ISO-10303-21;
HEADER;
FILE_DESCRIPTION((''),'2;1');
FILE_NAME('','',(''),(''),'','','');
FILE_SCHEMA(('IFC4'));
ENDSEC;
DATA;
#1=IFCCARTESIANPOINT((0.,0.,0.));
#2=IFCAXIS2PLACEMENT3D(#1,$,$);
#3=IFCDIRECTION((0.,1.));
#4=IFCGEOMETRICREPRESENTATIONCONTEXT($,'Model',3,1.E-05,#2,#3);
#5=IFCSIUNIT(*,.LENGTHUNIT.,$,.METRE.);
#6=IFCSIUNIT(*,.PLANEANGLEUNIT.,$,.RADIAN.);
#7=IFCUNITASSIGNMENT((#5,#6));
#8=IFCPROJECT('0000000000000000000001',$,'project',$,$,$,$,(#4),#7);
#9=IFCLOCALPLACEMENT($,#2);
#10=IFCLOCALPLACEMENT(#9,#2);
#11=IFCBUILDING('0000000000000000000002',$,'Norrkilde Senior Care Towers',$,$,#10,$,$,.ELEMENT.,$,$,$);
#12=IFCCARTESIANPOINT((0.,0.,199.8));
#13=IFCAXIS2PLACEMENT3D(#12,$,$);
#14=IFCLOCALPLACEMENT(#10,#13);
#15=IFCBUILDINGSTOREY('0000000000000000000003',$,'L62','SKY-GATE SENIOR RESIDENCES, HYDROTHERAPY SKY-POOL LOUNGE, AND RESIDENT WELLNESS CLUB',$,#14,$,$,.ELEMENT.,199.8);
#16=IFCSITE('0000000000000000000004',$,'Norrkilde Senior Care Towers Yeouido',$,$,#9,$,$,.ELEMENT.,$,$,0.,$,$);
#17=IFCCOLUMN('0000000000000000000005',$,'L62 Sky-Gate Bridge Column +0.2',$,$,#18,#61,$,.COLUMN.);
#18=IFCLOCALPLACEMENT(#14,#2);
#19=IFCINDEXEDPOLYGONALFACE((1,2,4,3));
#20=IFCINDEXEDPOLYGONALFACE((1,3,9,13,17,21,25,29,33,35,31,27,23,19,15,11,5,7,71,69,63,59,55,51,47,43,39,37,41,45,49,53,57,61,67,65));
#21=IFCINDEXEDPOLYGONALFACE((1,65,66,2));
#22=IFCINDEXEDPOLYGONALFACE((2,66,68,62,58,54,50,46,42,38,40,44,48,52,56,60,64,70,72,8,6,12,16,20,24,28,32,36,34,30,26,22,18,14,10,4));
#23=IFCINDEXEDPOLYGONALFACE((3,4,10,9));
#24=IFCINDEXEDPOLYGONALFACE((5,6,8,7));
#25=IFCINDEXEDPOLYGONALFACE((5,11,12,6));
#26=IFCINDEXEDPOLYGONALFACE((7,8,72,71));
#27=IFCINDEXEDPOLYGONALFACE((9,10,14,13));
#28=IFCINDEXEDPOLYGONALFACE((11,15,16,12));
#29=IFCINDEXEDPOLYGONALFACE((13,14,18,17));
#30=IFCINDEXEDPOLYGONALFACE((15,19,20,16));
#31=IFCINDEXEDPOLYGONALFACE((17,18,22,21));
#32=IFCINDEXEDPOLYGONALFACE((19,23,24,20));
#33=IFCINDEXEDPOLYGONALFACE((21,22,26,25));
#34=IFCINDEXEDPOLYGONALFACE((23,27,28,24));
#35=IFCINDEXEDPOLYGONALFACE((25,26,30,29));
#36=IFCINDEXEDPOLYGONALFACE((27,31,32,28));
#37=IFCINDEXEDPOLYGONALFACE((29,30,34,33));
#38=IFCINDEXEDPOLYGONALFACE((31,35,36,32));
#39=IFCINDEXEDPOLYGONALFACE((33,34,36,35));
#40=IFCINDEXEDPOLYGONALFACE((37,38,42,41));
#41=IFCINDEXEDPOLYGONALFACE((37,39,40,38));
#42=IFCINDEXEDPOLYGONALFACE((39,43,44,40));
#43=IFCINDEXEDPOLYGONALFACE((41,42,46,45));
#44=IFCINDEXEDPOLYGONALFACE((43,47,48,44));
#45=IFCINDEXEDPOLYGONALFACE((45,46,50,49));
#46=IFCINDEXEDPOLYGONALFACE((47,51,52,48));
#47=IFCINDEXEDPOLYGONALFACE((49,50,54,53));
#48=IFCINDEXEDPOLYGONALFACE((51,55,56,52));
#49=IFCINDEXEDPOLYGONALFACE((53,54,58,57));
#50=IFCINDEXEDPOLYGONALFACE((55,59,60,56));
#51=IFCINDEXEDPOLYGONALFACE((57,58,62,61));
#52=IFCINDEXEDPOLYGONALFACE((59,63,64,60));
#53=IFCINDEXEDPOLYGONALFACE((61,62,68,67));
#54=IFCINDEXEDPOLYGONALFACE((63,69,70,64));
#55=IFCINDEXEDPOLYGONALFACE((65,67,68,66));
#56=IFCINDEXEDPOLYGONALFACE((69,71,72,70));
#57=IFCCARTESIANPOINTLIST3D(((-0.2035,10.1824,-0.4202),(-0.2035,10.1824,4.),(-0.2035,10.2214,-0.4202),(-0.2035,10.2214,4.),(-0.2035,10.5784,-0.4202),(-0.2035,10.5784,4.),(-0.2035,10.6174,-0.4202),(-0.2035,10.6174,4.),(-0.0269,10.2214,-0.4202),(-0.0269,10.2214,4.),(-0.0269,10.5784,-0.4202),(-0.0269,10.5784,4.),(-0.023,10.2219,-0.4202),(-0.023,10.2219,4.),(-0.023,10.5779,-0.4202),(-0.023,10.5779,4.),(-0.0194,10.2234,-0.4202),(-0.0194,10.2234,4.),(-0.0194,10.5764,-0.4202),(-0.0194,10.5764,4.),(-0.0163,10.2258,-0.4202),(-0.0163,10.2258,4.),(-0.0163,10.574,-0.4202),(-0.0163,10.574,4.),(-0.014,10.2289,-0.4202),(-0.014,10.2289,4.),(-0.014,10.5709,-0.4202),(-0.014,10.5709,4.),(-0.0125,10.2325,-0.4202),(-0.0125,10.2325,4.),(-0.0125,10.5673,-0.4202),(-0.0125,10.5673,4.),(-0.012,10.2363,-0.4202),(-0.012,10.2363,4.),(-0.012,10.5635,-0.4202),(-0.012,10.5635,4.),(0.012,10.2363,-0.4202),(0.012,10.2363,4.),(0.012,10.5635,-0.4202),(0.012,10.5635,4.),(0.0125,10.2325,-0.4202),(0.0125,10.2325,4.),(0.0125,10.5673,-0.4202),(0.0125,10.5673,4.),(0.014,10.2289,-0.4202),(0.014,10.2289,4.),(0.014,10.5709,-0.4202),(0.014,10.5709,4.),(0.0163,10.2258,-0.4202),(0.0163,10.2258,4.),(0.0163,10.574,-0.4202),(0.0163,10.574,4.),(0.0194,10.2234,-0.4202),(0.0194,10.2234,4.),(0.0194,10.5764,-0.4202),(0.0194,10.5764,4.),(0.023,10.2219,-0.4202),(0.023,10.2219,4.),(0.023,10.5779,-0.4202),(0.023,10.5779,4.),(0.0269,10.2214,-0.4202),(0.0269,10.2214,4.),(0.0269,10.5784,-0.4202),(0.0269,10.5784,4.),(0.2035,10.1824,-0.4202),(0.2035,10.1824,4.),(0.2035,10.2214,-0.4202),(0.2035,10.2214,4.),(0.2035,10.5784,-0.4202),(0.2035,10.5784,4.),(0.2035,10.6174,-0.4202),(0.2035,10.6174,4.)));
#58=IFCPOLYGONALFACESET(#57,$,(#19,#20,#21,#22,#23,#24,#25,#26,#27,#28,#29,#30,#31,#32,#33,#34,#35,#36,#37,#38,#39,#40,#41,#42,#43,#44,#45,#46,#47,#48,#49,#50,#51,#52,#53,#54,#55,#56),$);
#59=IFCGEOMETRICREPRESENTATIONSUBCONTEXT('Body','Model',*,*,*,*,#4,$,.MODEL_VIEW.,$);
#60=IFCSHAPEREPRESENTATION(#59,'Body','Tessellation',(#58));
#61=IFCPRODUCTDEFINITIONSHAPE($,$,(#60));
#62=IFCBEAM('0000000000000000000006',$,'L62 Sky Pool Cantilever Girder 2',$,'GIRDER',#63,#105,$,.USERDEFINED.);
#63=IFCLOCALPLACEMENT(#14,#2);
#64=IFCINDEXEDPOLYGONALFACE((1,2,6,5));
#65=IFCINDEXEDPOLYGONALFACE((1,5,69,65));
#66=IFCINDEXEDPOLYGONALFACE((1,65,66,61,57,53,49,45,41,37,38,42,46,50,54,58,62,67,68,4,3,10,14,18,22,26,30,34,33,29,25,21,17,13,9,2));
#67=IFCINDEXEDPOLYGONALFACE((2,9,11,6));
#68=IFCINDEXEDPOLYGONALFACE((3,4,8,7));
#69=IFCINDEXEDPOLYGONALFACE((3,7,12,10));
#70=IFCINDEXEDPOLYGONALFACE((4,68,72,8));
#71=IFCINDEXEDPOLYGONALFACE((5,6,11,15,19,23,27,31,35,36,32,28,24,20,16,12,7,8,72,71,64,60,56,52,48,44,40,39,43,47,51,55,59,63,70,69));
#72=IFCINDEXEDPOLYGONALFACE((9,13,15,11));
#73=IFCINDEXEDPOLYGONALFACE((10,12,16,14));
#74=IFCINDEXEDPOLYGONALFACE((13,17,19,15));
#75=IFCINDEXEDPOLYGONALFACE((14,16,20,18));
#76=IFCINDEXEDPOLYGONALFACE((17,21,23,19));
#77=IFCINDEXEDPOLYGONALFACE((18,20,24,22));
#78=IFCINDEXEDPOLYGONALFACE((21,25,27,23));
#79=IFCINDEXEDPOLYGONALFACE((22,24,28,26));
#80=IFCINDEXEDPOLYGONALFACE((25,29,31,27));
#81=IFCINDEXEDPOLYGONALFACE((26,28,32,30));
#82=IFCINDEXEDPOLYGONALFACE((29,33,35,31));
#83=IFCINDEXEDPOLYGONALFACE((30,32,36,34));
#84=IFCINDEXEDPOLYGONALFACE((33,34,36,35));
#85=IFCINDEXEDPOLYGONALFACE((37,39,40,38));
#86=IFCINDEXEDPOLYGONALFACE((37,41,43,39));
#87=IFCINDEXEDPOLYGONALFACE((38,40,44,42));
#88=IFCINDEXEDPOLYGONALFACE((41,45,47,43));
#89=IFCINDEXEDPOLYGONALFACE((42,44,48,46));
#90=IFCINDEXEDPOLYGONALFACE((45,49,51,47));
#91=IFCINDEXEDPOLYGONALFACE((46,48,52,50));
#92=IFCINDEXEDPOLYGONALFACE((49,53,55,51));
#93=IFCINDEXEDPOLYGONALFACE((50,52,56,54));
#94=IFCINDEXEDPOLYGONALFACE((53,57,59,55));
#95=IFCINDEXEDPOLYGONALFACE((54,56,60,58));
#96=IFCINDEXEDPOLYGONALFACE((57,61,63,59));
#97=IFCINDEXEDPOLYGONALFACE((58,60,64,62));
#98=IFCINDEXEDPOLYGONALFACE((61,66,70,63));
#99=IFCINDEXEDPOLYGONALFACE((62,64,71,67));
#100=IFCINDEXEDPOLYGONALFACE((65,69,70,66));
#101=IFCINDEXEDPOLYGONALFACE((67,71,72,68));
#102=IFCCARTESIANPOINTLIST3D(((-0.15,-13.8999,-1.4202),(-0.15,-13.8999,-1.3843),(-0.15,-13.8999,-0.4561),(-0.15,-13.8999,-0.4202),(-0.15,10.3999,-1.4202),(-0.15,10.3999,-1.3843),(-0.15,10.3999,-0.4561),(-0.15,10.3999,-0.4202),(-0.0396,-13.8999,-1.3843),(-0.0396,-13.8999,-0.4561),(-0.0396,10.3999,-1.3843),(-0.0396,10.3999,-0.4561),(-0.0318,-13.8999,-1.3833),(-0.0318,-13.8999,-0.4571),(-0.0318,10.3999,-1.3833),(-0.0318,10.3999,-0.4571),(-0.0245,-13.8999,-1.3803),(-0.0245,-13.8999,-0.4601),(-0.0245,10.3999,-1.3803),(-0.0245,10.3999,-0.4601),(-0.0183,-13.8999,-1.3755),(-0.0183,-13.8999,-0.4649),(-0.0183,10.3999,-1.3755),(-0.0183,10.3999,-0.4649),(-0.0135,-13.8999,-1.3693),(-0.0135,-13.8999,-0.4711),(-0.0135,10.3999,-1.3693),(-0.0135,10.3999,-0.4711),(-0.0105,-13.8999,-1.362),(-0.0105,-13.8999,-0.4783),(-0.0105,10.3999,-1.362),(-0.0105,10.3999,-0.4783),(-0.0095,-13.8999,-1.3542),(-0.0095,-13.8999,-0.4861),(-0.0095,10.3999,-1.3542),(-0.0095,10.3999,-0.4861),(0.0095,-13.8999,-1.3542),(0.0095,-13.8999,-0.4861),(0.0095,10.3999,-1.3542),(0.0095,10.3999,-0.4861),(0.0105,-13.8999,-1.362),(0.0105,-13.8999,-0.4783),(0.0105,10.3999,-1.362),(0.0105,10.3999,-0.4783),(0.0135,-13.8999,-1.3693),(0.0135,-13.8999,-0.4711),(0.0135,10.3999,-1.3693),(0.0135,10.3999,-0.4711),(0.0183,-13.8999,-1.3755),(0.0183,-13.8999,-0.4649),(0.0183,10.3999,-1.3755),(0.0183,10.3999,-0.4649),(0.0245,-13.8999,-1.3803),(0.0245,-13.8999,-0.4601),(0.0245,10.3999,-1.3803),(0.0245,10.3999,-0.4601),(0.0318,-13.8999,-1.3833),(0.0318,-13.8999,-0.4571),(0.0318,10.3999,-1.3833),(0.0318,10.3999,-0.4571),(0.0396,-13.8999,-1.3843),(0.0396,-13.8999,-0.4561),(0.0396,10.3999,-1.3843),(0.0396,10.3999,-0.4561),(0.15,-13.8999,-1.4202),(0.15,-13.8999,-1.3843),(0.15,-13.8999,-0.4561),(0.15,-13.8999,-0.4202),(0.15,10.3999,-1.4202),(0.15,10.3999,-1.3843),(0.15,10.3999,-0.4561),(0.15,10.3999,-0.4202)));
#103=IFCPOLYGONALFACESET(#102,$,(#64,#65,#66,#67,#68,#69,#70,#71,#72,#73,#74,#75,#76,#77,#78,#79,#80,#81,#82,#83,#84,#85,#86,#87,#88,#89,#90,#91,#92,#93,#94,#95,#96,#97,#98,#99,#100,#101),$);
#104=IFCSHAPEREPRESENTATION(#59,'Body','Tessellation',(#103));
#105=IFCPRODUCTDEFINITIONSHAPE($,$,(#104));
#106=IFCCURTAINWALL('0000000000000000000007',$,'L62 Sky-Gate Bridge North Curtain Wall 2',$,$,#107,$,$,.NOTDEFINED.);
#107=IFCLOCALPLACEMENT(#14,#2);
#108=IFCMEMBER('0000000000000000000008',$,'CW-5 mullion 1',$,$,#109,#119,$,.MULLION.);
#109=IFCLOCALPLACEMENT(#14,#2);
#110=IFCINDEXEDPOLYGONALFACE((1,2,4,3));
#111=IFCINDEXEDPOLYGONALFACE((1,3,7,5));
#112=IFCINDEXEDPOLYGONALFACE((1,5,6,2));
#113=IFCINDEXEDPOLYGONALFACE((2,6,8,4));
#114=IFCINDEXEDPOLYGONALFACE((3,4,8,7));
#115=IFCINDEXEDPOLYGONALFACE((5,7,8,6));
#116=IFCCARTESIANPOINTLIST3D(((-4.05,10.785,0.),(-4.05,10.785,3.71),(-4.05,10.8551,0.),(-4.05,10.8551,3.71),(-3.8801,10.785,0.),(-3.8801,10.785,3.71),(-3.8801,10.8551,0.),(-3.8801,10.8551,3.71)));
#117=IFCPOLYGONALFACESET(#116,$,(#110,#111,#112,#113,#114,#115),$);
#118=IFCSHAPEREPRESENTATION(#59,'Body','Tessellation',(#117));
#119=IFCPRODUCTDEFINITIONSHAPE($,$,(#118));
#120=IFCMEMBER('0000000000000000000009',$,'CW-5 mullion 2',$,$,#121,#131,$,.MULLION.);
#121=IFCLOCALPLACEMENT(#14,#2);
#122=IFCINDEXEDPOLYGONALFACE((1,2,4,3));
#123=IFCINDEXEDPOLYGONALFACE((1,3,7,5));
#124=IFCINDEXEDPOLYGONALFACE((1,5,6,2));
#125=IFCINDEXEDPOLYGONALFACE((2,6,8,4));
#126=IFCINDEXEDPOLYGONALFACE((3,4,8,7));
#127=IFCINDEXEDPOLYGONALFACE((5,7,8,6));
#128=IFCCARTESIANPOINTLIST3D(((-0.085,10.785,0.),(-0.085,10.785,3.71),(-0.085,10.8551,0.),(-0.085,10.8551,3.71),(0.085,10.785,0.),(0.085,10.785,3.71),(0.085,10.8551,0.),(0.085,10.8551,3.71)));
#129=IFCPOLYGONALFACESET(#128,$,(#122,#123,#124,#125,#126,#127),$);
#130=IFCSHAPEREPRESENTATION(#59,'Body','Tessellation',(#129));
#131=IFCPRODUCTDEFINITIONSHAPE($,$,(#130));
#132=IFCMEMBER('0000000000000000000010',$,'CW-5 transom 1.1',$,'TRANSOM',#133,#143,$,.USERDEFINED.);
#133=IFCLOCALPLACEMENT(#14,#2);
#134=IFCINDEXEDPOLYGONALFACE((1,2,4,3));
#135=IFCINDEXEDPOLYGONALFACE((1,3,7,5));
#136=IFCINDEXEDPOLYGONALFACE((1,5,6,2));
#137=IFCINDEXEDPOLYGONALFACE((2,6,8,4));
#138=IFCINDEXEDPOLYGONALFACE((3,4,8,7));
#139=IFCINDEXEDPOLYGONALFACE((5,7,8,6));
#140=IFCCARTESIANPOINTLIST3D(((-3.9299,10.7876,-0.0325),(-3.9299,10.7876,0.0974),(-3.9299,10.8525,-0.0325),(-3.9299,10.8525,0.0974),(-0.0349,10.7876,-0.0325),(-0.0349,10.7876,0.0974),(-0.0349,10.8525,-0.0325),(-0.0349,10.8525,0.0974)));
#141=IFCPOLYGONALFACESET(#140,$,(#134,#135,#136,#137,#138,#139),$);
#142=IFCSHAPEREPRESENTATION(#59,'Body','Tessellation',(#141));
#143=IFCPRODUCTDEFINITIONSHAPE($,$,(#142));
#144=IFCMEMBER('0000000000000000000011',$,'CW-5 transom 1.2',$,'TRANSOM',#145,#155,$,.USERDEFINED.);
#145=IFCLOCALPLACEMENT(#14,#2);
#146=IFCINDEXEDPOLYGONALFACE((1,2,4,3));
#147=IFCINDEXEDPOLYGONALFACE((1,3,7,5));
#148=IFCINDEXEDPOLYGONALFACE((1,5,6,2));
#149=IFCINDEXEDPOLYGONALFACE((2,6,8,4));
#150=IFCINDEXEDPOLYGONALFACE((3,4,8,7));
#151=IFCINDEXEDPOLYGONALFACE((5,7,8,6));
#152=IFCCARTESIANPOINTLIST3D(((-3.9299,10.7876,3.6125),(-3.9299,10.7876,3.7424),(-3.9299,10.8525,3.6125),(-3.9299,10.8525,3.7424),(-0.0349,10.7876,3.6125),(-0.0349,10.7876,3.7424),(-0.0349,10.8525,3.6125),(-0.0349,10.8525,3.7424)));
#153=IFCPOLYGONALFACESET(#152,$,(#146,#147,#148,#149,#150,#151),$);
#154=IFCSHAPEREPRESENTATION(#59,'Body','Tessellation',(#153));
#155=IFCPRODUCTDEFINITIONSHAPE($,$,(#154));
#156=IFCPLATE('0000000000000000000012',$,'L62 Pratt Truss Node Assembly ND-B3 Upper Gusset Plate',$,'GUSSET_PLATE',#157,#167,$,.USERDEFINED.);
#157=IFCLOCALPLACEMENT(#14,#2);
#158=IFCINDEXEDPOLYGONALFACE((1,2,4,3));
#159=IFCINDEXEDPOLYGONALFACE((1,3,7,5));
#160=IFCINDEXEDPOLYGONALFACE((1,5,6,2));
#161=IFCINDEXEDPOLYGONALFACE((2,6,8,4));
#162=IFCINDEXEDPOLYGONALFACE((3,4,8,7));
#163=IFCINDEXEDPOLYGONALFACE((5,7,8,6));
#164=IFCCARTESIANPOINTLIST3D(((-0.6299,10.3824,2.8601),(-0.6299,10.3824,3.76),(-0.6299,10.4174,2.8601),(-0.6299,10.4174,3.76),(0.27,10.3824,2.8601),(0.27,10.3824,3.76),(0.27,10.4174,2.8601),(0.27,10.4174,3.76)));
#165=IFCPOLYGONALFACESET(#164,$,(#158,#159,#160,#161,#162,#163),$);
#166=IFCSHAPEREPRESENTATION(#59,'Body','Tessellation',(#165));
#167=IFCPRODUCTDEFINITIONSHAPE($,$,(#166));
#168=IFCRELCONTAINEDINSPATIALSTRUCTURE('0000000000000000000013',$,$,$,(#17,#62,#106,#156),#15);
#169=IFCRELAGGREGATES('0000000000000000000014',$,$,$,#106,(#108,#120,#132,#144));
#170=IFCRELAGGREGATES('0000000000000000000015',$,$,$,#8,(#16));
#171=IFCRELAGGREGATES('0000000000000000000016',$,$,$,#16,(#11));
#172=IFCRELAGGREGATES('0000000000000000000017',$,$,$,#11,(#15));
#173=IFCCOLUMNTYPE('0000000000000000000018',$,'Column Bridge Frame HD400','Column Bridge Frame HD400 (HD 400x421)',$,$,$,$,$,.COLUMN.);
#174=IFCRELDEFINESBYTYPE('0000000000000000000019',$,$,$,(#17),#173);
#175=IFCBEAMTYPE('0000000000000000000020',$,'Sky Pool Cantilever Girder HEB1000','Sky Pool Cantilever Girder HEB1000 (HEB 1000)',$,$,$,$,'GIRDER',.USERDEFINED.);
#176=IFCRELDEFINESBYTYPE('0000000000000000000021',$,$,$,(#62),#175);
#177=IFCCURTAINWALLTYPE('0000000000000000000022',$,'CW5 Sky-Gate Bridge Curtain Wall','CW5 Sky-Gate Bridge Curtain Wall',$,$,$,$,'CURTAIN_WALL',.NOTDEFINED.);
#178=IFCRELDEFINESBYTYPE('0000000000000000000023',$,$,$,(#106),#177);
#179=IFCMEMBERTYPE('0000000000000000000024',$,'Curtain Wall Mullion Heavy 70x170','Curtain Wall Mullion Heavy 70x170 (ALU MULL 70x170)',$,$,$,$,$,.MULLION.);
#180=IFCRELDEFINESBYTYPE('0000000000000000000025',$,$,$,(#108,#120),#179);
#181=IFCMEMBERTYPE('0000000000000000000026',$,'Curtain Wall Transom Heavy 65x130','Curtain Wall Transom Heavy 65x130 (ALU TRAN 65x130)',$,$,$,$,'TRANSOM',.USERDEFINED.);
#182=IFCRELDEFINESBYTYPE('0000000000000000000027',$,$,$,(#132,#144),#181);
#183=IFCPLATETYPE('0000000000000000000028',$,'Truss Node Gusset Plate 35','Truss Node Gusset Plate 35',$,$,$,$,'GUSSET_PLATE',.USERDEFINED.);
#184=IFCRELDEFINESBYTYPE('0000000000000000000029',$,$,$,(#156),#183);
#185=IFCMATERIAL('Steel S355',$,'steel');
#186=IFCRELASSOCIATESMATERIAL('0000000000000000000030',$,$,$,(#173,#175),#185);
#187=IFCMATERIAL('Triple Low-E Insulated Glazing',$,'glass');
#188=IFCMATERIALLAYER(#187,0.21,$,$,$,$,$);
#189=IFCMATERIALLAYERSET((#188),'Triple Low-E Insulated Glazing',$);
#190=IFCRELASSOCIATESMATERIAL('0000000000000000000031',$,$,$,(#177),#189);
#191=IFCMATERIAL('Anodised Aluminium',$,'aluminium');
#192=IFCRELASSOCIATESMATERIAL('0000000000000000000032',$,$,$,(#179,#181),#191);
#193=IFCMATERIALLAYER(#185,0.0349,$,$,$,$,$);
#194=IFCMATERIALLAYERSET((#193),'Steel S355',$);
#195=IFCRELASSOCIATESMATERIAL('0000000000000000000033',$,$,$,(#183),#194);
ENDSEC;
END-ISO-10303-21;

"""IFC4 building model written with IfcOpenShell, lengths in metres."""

from ifc_helpers import new_model, si_unit, direction, frame, origin, origin_2d, place, context, subcontext, project, spatial, rectangle, i_section, extrude, source, transform, mapped, material, layer, layer_set, material_profile, profile_set, type_object, type_shapes, element, aggregate, save


model = new_model("IFC4")

# Units and contexts
model_context = context("Model", 3, precision=1e-05, world=origin(), true_north=direction((0.0, 1.0)))
body_context = subcontext(model_context, "Body", "Model", "MODEL_VIEW")
ifc_project = project(units=[si_unit("LENGTHUNIT", "METRE"), si_unit("PLANEANGLEUNIT", "RADIAN")], contexts=[model_context])

# Site, building, storey
site_placement = place(None, origin())
site = spatial("IfcSite", under=ifc_project, at=site_placement, Name="Norrkilde Senior Care Towers Yeouido", CompositionType="ELEMENT", RefElevation=0.0)
building_placement = place(site_placement, origin())
building = spatial("IfcBuilding", under=site, at=building_placement, Name="Norrkilde Senior Care Towers", CompositionType="ELEMENT")
storey_placement = place(building_placement, frame((0.0, 0.0, 199.8)))
storey = spatial("IfcBuildingStorey", under=building, at=storey_placement, Name="L62", Description="SKY-GATE SENIOR RESIDENCES, HYDROTHERAPY SKY-POOL LOUNGE, AND RESIDENT WELLNESS CLUB", CompositionType="ELEMENT", Elevation=199.8)

# Column
ifc_material_1 = material(Name="Steel S355", Category="steel")
ifc_material_profile_1 = material_profile(ifc_material_1, i_section(OverallWidth=0.407, OverallDepth=0.4351, WebThickness=0.0239, FlangeThickness=0.0391, FilletRadius=0.0149, at=origin_2d()), Name="HD 400x421")
ifc_profile_set_1 = profile_set([ifc_material_profile_1], Name="Steel S355")
column_type = type_object("IfcColumnType", Name="Column Bridge Frame HD400", Description="Column Bridge Frame HD400 (HD 400x421)", PredefinedType="COLUMN", material=ifc_profile_set_1)
shared_shape_1 = source(origin(), body_context, "Body", "SweptSolid", [
    extrude(i_section(OverallWidth=0.407, OverallDepth=0.4351, WebThickness=0.0239, FlangeThickness=0.0391, FilletRadius=0.0149, at=origin_2d()), origin(), (0.0, 0.0, 1.0), 4.4202),
])
type_shapes(column_type, [shared_shape_1])
column_placement = place(storey_placement, frame((0.0, 10.3999, -0.4202), z_axis=(0.0, 0.0, 1.0), x_axis=(1.0, 0.0, 0.0)))
element("IfcColumn", 1, at=column_placement, inside=storey, type_object=column_type, Name="L62 Sky-Gate Bridge Column +0.2", PredefinedType="COLUMN", context=body_context, shape_type="MappedRepresentation", body=[
    mapped(shared_shape_1, transform((0.0, 0.0, 0.0), x_axis=(1.0, 0.0, 0.0), y_axis=(0.0, 1.0, 0.0), z_axis=(0.0, 0.0, 1.0), scale=1.0)),
])

# Beam
ifc_material_profile_2 = material_profile(ifc_material_1, i_section(OverallWidth=0.3, OverallDepth=1.0, WebThickness=0.019, FlangeThickness=0.0359, FilletRadius=0.03, at=origin_2d()), Name="HEB 1000")
ifc_profile_set_2 = profile_set([ifc_material_profile_2], Name="Steel S355")
beam_type = type_object("IfcBeamType", Name="Sky Pool Cantilever Girder HEB1000", Description="Sky Pool Cantilever Girder HEB1000 (HEB 1000)", ElementType="GIRDER", PredefinedType="USERDEFINED", material=ifc_profile_set_2)
shared_shape_2 = source(origin(), body_context, "Body", "SweptSolid", [
    extrude(i_section(OverallWidth=0.3, OverallDepth=1.0, WebThickness=0.019, FlangeThickness=0.0359, FilletRadius=0.03, at=origin_2d()), origin(), (0.0, 0.0, 1.0), 24.2998),
])
type_shapes(beam_type, [shared_shape_2])
beam_placement = place(storey_placement, frame((0.0, 10.3999, -0.9202), z_axis=(0.0, -1.0, 0.0), x_axis=(1.0, 0.0, 0.0)))
element("IfcBeam", 2, at=beam_placement, inside=storey, type_object=beam_type, Name="L62 Sky Pool Cantilever Girder 2", ObjectType="GIRDER", PredefinedType="USERDEFINED", context=body_context, shape_type="MappedRepresentation", body=[
    mapped(shared_shape_2, transform((0.0, 0.0, 0.0), x_axis=(1.0, 0.0, 0.0), y_axis=(0.0, 1.0, 0.0), z_axis=(0.0, 0.0, 1.0), scale=1.0)),
])

# Curtain wall, members
ifc_material_2 = material(Name="Triple Low-E Insulated Glazing", Category="glass")
ifc_layer_1 = layer(ifc_material_2, 0.21)
ifc_layer_set_1 = layer_set([ifc_layer_1], Name="Triple Low-E Insulated Glazing")
curtain_wall_type = type_object("IfcCurtainWallType", Name="CW5 Sky-Gate Bridge Curtain Wall", Description="CW5 Sky-Gate Bridge Curtain Wall", ElementType="CURTAIN_WALL", PredefinedType="NOTDEFINED", material=ifc_layer_set_1)
curtain_wall_placement = place(storey_placement, origin())
curtain_wall = element("IfcCurtainWall", 3, at=curtain_wall_placement, inside=storey, type_object=curtain_wall_type, Name="L62 Sky-Gate Bridge North Curtain Wall 2", PredefinedType="NOTDEFINED")
ifc_material_3 = material(Name="Anodised Aluminium", Category="aluminium")
ifc_material_profile_3 = material_profile(ifc_material_3, rectangle(XDim=0.0701, YDim=0.1699, at=origin_2d()), Name="ALU MULL 70x170")
ifc_profile_set_3 = profile_set([ifc_material_profile_3], Name="Anodised Aluminium")
member_type_1 = type_object("IfcMemberType", Name="Curtain Wall Mullion Heavy 70x170", Description="Curtain Wall Mullion Heavy 70x170 (ALU MULL 70x170)", PredefinedType="MULLION", material=ifc_profile_set_3)
shared_shape_3 = source(origin(), body_context, "Body", "SweptSolid", [
    extrude(rectangle(XDim=0.0701, YDim=0.1699, at=origin_2d()), origin(), (0.0, 0.0, 1.0), 3.71),
])
type_shapes(member_type_1, [shared_shape_3])
member_1_placement = place(storey_placement, frame((-3.9651, 10.8201, 0.0), z_axis=(0.0, 0.0, 1.0), x_axis=(0.0, 1.0, 0.0)))
member_1 = element("IfcMember", 4, at=member_1_placement, type_object=member_type_1, Name="CW-5 mullion 1", PredefinedType="MULLION", context=body_context, shape_type="MappedRepresentation", body=[
    mapped(shared_shape_3, transform((0.0, 0.0, 0.0), x_axis=(1.0, 0.0, 0.0), y_axis=(0.0, 1.0, 0.0), z_axis=(0.0, 0.0, 1.0), scale=1.0)),
])
member_2_placement = place(storey_placement, frame((0.0, 10.8201, 0.0), z_axis=(0.0, 0.0, 1.0), x_axis=(0.0, 1.0, 0.0)))
member_2 = element("IfcMember", 5, at=member_2_placement, type_object=member_type_1, Name="CW-5 mullion 2", PredefinedType="MULLION", context=body_context, shape_type="MappedRepresentation", body=[
    mapped(shared_shape_3, transform((0.0, 0.0, 0.0), x_axis=(1.0, 0.0, 0.0), y_axis=(0.0, 1.0, 0.0), z_axis=(0.0, 0.0, 1.0), scale=1.0)),
])
ifc_material_profile_4 = material_profile(ifc_material_3, rectangle(XDim=0.0649, YDim=0.1299, at=origin_2d()), Name="ALU TRAN 65x130")
ifc_profile_set_4 = profile_set([ifc_material_profile_4], Name="Anodised Aluminium")
member_type_2 = type_object("IfcMemberType", Name="Curtain Wall Transom Heavy 65x130", Description="Curtain Wall Transom Heavy 65x130 (ALU TRAN 65x130)", ElementType="TRANSOM", PredefinedType="USERDEFINED", material=ifc_profile_set_4)
shared_shape_4 = source(origin(), body_context, "Body", "SweptSolid", [
    extrude(rectangle(XDim=0.0649, YDim=0.1299, at=origin_2d()), origin(), (0.0, 0.0, 1.0), 3.895),
])
type_shapes(member_type_2, [shared_shape_4])
member_3_placement = place(storey_placement, frame((-3.9299, 10.8201, 0.0325), z_axis=(1.0, 0.0, 0.0), x_axis=(0.0, 1.0, 0.0)))
member_3 = element("IfcMember", 6, at=member_3_placement, type_object=member_type_2, Name="CW-5 transom 1.1", ObjectType="TRANSOM", PredefinedType="USERDEFINED", context=body_context, shape_type="MappedRepresentation", body=[
    mapped(shared_shape_4, transform((0.0, 0.0, 0.0), x_axis=(1.0, 0.0, 0.0), y_axis=(0.0, 1.0, 0.0), z_axis=(0.0, 0.0, 1.0), scale=1.0)),
])
member_4_placement = place(storey_placement, frame((-3.9299, 10.8201, 3.6775), z_axis=(1.0, 0.0, 0.0), x_axis=(0.0, 1.0, 0.0)))
member_4 = element("IfcMember", 7, at=member_4_placement, type_object=member_type_2, Name="CW-5 transom 1.2", ObjectType="TRANSOM", PredefinedType="USERDEFINED", context=body_context, shape_type="MappedRepresentation", body=[
    mapped(shared_shape_4, transform((0.0, 0.0, 0.0), x_axis=(1.0, 0.0, 0.0), y_axis=(0.0, 1.0, 0.0), z_axis=(0.0, 0.0, 1.0), scale=1.0)),
])

# Plate
ifc_layer_2 = layer(ifc_material_1, 0.0349)
ifc_layer_set_2 = layer_set([ifc_layer_2], Name="Steel S355")
plate_type_1 = type_object("IfcPlateType", Name="Truss Node Gusset Plate 35", Description="Truss Node Gusset Plate 35", ElementType="GUSSET_PLATE", PredefinedType="USERDEFINED", material=ifc_layer_set_2)
shared_shape_5 = source(origin(), body_context, "Body", "SweptSolid", [
    extrude(rectangle(XDim=0.8999, YDim=0.0349, at=origin_2d()), origin(), (0.0, 0.0, 1.0), 0.8999),
])
type_shapes(plate_type_1, [shared_shape_5])
plate_1_placement = place(storey_placement, frame((-0.1799, 10.3999, 2.8601), z_axis=(0.0, 0.0, 1.0), x_axis=(1.0, 0.0, 0.0)))
element("IfcPlate", 8, at=plate_1_placement, inside=storey, type_object=plate_type_1, Name="L62 Pratt Truss Node Assembly ND-B3 Upper Gusset Plate", ObjectType="GUSSET_PLATE", PredefinedType="USERDEFINED", context=body_context, shape_type="MappedRepresentation", body=[
    mapped(shared_shape_5, transform((0.0, 0.0, 0.0), x_axis=(1.0, 0.0, 0.0), y_axis=(0.0, 1.0, 0.0), z_axis=(0.0, 0.0, 1.0), scale=1.0)),
])
aggregate(curtain_wall, [member_1, member_2, member_3, member_4])

save(model, "model.ifc")
